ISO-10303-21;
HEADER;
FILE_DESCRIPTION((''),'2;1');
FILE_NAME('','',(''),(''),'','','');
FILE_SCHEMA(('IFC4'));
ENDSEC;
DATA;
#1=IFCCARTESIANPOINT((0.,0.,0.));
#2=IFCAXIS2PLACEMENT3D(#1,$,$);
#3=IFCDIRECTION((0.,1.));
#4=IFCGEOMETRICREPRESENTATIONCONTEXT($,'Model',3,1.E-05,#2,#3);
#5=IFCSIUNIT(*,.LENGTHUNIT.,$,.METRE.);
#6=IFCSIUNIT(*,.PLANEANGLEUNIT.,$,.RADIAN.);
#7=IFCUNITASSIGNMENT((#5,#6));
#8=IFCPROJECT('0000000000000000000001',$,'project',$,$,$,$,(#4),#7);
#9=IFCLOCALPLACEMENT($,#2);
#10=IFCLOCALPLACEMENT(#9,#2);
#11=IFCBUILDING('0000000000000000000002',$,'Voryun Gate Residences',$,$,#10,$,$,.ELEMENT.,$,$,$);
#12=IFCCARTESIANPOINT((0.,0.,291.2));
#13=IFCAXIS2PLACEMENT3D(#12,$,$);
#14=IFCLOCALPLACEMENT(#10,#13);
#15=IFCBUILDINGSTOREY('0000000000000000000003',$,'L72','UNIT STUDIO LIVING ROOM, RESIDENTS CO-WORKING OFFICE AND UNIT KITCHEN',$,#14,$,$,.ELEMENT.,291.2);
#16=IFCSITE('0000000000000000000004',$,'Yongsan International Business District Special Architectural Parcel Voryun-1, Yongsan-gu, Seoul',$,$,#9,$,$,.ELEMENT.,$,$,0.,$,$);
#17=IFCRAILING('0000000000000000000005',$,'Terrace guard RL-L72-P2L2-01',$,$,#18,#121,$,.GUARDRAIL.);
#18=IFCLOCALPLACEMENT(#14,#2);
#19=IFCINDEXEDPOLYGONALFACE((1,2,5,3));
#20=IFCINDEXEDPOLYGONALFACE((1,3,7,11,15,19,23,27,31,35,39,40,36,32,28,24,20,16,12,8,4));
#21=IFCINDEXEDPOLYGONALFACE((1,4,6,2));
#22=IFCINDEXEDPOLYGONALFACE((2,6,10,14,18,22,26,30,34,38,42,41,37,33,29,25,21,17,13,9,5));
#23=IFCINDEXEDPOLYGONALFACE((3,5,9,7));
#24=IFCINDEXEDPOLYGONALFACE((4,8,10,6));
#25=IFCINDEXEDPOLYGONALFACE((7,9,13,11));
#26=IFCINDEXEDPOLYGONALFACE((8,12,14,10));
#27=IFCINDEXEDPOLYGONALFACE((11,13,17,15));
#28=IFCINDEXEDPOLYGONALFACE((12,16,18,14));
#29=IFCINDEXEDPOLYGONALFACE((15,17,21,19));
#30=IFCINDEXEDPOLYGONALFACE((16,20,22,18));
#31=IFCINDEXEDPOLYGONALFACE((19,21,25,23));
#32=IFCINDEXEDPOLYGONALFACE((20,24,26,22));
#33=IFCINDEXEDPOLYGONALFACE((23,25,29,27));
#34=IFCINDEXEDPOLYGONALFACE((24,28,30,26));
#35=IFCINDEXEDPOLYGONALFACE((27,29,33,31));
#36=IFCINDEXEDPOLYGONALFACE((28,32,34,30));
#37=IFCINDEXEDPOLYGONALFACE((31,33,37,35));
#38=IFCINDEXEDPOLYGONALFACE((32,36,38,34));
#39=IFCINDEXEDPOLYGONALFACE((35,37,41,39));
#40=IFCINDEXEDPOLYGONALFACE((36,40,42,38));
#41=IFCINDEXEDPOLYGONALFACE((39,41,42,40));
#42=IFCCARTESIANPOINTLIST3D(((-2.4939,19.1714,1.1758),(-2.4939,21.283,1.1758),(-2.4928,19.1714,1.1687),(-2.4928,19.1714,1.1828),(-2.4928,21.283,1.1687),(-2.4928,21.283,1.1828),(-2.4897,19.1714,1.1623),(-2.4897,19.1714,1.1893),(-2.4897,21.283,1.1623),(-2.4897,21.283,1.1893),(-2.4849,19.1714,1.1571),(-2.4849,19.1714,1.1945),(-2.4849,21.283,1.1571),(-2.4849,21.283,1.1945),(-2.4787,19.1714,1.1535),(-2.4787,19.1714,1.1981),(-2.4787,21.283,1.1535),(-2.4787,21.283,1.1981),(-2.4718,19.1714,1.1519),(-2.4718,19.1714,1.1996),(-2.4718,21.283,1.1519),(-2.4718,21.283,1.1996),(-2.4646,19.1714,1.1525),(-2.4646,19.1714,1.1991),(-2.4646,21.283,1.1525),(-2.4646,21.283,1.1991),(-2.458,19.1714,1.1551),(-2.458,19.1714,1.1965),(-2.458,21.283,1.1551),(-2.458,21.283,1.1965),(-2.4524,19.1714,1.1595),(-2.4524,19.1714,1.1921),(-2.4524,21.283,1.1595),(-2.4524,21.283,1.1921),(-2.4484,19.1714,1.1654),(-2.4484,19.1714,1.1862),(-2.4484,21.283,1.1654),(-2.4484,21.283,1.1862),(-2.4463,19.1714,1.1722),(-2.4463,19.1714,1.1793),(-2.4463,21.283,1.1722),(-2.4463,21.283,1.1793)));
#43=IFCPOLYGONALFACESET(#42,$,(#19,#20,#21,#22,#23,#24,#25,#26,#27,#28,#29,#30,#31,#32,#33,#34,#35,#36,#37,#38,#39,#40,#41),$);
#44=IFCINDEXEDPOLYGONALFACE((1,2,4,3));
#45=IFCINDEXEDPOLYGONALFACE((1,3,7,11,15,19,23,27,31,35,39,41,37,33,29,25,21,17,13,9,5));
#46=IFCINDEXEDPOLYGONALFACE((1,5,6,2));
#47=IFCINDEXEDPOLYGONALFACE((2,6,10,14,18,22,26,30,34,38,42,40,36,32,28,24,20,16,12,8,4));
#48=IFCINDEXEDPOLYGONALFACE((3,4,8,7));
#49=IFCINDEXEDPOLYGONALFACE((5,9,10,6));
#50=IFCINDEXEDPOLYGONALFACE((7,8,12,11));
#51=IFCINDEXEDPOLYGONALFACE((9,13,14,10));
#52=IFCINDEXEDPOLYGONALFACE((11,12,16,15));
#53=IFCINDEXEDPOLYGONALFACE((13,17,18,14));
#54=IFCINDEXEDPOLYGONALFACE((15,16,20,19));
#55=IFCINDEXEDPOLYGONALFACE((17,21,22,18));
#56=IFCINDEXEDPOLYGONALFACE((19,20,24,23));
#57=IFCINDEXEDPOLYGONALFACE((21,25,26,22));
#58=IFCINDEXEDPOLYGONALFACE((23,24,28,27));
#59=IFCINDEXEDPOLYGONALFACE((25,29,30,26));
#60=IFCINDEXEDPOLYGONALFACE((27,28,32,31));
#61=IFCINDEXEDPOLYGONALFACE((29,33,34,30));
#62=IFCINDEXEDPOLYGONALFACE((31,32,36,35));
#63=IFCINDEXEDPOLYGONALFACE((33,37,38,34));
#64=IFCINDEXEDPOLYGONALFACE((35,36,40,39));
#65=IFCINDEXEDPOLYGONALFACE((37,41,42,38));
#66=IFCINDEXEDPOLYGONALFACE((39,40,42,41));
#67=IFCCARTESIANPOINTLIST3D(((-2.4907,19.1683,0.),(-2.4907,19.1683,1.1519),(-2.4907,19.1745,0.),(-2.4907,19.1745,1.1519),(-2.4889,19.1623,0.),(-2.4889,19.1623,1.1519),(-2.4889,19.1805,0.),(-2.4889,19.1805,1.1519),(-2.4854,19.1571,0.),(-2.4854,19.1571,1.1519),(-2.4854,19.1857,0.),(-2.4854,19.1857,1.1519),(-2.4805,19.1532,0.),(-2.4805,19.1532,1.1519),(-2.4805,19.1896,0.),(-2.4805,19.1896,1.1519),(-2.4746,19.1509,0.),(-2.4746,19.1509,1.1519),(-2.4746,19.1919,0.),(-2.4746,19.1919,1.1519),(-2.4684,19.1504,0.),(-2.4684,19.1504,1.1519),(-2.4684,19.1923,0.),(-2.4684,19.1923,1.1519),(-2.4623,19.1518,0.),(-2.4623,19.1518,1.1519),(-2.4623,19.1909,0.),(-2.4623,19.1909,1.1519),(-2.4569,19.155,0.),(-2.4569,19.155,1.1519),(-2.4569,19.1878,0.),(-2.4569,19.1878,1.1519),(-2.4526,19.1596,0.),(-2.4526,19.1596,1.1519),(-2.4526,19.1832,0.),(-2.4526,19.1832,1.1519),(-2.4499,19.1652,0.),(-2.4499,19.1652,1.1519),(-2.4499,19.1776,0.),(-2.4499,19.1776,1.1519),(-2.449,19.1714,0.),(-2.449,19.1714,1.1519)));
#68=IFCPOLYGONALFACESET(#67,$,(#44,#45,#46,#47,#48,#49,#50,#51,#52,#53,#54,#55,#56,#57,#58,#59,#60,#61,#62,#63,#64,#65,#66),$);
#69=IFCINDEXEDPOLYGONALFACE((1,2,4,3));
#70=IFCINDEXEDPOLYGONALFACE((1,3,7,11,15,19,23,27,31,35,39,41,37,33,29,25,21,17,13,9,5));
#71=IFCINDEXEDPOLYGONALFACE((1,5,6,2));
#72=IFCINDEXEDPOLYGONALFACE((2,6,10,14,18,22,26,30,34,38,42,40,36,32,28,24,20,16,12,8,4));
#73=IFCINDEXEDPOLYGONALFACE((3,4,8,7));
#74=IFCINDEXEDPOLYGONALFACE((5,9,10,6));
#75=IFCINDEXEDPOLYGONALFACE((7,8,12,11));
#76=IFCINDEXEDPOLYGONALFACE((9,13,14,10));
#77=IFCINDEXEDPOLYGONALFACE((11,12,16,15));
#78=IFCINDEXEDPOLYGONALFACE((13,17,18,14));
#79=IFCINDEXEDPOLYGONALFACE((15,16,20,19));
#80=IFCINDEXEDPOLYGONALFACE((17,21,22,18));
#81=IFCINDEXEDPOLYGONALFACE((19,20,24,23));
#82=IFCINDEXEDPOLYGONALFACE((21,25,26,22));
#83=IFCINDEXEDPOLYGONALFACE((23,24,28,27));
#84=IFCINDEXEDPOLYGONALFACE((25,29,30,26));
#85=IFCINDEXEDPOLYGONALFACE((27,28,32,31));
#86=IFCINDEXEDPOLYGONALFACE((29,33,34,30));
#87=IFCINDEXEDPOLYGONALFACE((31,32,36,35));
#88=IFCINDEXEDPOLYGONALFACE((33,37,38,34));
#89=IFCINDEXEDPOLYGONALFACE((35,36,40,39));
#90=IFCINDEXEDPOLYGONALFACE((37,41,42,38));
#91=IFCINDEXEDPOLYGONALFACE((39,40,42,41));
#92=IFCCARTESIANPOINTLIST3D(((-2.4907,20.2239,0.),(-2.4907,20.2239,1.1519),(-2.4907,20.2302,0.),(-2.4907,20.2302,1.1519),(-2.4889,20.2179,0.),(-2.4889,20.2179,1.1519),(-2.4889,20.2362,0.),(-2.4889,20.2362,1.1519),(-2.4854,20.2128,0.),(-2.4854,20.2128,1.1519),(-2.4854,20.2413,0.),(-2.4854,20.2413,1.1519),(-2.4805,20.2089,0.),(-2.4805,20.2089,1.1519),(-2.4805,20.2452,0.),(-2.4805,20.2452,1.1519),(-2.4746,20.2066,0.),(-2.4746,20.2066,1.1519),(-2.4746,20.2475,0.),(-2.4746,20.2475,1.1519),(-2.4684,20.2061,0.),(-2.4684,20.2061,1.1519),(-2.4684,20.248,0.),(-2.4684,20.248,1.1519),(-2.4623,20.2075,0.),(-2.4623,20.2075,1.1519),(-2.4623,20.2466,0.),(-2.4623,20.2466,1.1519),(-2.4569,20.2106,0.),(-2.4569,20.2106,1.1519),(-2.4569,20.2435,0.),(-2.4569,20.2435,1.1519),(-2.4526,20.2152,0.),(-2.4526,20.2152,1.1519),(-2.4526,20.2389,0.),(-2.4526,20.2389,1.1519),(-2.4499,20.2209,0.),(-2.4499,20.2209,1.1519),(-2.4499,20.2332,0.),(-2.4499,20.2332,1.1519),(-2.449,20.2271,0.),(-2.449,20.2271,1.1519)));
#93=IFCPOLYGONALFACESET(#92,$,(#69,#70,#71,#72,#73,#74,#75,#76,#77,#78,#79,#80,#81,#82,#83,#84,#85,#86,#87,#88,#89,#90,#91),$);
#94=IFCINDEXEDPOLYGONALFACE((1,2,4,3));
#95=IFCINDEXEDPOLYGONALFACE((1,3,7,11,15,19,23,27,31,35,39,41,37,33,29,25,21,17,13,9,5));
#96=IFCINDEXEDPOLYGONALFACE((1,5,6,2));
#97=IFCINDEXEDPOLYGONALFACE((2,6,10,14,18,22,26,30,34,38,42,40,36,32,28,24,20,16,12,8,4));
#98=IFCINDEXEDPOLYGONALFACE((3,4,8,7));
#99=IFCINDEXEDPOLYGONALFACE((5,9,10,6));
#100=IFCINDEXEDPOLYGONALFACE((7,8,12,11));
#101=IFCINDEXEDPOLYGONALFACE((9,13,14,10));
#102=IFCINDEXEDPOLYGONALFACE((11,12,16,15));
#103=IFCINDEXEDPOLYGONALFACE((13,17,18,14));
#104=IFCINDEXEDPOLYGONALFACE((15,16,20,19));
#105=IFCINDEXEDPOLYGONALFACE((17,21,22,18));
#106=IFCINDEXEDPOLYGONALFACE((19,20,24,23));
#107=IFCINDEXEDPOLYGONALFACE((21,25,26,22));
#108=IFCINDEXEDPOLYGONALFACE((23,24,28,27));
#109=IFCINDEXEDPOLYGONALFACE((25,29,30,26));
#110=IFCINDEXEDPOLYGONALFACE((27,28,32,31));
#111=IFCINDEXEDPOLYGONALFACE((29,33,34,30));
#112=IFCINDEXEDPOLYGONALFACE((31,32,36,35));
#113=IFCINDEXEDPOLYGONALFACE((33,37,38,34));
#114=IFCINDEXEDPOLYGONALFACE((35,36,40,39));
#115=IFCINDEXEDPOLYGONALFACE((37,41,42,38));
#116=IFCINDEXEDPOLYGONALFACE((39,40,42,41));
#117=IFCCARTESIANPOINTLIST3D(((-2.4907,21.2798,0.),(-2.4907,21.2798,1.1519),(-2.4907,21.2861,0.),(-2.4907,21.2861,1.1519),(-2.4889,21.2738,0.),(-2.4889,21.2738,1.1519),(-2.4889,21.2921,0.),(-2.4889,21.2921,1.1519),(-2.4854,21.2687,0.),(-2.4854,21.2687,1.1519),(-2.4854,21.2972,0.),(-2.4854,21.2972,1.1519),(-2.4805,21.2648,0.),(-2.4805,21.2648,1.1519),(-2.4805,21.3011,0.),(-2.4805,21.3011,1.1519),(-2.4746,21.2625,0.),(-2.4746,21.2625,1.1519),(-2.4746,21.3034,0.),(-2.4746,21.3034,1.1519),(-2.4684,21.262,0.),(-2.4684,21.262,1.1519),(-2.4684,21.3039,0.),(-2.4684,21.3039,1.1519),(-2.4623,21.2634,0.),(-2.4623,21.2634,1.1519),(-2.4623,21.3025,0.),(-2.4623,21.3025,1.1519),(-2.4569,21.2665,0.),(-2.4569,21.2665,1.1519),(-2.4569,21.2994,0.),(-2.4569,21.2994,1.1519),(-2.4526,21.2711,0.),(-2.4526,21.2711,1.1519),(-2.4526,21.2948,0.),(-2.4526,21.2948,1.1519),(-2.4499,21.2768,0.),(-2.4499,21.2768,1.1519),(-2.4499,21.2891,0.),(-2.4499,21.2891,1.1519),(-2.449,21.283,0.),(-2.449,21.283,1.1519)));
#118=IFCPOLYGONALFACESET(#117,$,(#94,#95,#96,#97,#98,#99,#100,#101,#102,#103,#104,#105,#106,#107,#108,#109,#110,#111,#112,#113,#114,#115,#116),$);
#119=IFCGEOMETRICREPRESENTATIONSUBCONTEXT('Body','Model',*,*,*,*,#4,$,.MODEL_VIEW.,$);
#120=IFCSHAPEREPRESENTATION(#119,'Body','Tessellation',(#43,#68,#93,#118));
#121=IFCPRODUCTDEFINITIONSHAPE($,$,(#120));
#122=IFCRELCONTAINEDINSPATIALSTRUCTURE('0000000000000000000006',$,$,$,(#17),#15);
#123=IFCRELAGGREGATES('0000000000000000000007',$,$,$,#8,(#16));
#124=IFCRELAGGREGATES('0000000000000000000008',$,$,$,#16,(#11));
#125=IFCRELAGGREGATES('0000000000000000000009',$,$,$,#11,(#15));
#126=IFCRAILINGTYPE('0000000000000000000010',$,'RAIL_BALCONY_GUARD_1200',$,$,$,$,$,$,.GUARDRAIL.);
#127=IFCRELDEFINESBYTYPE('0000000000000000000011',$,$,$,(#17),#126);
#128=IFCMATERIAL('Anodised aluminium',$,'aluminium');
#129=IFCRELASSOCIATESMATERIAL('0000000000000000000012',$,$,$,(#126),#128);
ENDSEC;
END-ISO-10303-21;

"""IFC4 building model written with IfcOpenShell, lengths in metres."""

from ifc_helpers import new_model, si_unit, direction, frame, origin, origin_2d, place, context, subcontext, project, spatial, circle, extrude, material, type_object, element, save


model = new_model("IFC4")

# Units and contexts
model_context = context("Model", 3, precision=1e-05, world=origin(), true_north=direction((0.0, 1.0)))
body_context = subcontext(model_context, "Body", "Model", "MODEL_VIEW")
ifc_project = project(units=[si_unit("LENGTHUNIT", "METRE"), si_unit("PLANEANGLEUNIT", "RADIAN")], contexts=[model_context])

# Site, building, storey
site_placement = place(None, origin())
site = spatial("IfcSite", under=ifc_project, at=site_placement, Name="Yongsan International Business District Special Architectural Parcel Voryun-1, Yongsan-gu, Seoul", CompositionType="ELEMENT", RefElevation=0.0)
building_placement = place(site_placement, origin())
building = spatial("IfcBuilding", under=site, at=building_placement, Name="Voryun Gate Residences", CompositionType="ELEMENT")
storey_placement = place(building_placement, frame((0.0, 0.0, 291.2)))
storey = spatial("IfcBuildingStorey", under=building, at=storey_placement, Name="L72", Description="UNIT STUDIO LIVING ROOM, RESIDENTS CO-WORKING OFFICE AND UNIT KITCHEN", CompositionType="ELEMENT", Elevation=291.2)

# Railing
ifc_material_1 = material(Name="Anodised aluminium", Category="aluminium")
railing_type = type_object("IfcRailingType", Name="RAIL_BALCONY_GUARD_1200", PredefinedType="GUARDRAIL", material=ifc_material_1)
railing_1_placement = place(storey_placement, frame((-2.47, 19.1714, 0.0)))
element("IfcRailing", 1, at=railing_1_placement, inside=storey, type_object=railing_type, Name="Terrace guard RL-L72-P2L2-01", PredefinedType="GUARDRAIL", context=body_context, shape_type="SweptSolid", body=[
    extrude(circle(Radius=0.0239, at=origin_2d()), frame((0.0, 0.0, 1.1758), z_axis=(0.0, 1.0, 0.0), x_axis=(-1.0, 0.0, 0.0)), (0.0, 0.0, 1.0), 2.1116),
    extrude(circle(Radius=0.021, at=origin_2d()), origin(), (0.0, 0.0, 1.0), 1.1519),
    extrude(circle(Radius=0.021, at=origin_2d()), frame((0.0, 1.0557, 0.0)), (0.0, 0.0, 1.0), 1.1519),
    extrude(circle(Radius=0.021, at=origin_2d()), frame((0.0, 2.1116, 0.0)), (0.0, 0.0, 1.0), 1.1519),
])

save(model, "model.ifc")
